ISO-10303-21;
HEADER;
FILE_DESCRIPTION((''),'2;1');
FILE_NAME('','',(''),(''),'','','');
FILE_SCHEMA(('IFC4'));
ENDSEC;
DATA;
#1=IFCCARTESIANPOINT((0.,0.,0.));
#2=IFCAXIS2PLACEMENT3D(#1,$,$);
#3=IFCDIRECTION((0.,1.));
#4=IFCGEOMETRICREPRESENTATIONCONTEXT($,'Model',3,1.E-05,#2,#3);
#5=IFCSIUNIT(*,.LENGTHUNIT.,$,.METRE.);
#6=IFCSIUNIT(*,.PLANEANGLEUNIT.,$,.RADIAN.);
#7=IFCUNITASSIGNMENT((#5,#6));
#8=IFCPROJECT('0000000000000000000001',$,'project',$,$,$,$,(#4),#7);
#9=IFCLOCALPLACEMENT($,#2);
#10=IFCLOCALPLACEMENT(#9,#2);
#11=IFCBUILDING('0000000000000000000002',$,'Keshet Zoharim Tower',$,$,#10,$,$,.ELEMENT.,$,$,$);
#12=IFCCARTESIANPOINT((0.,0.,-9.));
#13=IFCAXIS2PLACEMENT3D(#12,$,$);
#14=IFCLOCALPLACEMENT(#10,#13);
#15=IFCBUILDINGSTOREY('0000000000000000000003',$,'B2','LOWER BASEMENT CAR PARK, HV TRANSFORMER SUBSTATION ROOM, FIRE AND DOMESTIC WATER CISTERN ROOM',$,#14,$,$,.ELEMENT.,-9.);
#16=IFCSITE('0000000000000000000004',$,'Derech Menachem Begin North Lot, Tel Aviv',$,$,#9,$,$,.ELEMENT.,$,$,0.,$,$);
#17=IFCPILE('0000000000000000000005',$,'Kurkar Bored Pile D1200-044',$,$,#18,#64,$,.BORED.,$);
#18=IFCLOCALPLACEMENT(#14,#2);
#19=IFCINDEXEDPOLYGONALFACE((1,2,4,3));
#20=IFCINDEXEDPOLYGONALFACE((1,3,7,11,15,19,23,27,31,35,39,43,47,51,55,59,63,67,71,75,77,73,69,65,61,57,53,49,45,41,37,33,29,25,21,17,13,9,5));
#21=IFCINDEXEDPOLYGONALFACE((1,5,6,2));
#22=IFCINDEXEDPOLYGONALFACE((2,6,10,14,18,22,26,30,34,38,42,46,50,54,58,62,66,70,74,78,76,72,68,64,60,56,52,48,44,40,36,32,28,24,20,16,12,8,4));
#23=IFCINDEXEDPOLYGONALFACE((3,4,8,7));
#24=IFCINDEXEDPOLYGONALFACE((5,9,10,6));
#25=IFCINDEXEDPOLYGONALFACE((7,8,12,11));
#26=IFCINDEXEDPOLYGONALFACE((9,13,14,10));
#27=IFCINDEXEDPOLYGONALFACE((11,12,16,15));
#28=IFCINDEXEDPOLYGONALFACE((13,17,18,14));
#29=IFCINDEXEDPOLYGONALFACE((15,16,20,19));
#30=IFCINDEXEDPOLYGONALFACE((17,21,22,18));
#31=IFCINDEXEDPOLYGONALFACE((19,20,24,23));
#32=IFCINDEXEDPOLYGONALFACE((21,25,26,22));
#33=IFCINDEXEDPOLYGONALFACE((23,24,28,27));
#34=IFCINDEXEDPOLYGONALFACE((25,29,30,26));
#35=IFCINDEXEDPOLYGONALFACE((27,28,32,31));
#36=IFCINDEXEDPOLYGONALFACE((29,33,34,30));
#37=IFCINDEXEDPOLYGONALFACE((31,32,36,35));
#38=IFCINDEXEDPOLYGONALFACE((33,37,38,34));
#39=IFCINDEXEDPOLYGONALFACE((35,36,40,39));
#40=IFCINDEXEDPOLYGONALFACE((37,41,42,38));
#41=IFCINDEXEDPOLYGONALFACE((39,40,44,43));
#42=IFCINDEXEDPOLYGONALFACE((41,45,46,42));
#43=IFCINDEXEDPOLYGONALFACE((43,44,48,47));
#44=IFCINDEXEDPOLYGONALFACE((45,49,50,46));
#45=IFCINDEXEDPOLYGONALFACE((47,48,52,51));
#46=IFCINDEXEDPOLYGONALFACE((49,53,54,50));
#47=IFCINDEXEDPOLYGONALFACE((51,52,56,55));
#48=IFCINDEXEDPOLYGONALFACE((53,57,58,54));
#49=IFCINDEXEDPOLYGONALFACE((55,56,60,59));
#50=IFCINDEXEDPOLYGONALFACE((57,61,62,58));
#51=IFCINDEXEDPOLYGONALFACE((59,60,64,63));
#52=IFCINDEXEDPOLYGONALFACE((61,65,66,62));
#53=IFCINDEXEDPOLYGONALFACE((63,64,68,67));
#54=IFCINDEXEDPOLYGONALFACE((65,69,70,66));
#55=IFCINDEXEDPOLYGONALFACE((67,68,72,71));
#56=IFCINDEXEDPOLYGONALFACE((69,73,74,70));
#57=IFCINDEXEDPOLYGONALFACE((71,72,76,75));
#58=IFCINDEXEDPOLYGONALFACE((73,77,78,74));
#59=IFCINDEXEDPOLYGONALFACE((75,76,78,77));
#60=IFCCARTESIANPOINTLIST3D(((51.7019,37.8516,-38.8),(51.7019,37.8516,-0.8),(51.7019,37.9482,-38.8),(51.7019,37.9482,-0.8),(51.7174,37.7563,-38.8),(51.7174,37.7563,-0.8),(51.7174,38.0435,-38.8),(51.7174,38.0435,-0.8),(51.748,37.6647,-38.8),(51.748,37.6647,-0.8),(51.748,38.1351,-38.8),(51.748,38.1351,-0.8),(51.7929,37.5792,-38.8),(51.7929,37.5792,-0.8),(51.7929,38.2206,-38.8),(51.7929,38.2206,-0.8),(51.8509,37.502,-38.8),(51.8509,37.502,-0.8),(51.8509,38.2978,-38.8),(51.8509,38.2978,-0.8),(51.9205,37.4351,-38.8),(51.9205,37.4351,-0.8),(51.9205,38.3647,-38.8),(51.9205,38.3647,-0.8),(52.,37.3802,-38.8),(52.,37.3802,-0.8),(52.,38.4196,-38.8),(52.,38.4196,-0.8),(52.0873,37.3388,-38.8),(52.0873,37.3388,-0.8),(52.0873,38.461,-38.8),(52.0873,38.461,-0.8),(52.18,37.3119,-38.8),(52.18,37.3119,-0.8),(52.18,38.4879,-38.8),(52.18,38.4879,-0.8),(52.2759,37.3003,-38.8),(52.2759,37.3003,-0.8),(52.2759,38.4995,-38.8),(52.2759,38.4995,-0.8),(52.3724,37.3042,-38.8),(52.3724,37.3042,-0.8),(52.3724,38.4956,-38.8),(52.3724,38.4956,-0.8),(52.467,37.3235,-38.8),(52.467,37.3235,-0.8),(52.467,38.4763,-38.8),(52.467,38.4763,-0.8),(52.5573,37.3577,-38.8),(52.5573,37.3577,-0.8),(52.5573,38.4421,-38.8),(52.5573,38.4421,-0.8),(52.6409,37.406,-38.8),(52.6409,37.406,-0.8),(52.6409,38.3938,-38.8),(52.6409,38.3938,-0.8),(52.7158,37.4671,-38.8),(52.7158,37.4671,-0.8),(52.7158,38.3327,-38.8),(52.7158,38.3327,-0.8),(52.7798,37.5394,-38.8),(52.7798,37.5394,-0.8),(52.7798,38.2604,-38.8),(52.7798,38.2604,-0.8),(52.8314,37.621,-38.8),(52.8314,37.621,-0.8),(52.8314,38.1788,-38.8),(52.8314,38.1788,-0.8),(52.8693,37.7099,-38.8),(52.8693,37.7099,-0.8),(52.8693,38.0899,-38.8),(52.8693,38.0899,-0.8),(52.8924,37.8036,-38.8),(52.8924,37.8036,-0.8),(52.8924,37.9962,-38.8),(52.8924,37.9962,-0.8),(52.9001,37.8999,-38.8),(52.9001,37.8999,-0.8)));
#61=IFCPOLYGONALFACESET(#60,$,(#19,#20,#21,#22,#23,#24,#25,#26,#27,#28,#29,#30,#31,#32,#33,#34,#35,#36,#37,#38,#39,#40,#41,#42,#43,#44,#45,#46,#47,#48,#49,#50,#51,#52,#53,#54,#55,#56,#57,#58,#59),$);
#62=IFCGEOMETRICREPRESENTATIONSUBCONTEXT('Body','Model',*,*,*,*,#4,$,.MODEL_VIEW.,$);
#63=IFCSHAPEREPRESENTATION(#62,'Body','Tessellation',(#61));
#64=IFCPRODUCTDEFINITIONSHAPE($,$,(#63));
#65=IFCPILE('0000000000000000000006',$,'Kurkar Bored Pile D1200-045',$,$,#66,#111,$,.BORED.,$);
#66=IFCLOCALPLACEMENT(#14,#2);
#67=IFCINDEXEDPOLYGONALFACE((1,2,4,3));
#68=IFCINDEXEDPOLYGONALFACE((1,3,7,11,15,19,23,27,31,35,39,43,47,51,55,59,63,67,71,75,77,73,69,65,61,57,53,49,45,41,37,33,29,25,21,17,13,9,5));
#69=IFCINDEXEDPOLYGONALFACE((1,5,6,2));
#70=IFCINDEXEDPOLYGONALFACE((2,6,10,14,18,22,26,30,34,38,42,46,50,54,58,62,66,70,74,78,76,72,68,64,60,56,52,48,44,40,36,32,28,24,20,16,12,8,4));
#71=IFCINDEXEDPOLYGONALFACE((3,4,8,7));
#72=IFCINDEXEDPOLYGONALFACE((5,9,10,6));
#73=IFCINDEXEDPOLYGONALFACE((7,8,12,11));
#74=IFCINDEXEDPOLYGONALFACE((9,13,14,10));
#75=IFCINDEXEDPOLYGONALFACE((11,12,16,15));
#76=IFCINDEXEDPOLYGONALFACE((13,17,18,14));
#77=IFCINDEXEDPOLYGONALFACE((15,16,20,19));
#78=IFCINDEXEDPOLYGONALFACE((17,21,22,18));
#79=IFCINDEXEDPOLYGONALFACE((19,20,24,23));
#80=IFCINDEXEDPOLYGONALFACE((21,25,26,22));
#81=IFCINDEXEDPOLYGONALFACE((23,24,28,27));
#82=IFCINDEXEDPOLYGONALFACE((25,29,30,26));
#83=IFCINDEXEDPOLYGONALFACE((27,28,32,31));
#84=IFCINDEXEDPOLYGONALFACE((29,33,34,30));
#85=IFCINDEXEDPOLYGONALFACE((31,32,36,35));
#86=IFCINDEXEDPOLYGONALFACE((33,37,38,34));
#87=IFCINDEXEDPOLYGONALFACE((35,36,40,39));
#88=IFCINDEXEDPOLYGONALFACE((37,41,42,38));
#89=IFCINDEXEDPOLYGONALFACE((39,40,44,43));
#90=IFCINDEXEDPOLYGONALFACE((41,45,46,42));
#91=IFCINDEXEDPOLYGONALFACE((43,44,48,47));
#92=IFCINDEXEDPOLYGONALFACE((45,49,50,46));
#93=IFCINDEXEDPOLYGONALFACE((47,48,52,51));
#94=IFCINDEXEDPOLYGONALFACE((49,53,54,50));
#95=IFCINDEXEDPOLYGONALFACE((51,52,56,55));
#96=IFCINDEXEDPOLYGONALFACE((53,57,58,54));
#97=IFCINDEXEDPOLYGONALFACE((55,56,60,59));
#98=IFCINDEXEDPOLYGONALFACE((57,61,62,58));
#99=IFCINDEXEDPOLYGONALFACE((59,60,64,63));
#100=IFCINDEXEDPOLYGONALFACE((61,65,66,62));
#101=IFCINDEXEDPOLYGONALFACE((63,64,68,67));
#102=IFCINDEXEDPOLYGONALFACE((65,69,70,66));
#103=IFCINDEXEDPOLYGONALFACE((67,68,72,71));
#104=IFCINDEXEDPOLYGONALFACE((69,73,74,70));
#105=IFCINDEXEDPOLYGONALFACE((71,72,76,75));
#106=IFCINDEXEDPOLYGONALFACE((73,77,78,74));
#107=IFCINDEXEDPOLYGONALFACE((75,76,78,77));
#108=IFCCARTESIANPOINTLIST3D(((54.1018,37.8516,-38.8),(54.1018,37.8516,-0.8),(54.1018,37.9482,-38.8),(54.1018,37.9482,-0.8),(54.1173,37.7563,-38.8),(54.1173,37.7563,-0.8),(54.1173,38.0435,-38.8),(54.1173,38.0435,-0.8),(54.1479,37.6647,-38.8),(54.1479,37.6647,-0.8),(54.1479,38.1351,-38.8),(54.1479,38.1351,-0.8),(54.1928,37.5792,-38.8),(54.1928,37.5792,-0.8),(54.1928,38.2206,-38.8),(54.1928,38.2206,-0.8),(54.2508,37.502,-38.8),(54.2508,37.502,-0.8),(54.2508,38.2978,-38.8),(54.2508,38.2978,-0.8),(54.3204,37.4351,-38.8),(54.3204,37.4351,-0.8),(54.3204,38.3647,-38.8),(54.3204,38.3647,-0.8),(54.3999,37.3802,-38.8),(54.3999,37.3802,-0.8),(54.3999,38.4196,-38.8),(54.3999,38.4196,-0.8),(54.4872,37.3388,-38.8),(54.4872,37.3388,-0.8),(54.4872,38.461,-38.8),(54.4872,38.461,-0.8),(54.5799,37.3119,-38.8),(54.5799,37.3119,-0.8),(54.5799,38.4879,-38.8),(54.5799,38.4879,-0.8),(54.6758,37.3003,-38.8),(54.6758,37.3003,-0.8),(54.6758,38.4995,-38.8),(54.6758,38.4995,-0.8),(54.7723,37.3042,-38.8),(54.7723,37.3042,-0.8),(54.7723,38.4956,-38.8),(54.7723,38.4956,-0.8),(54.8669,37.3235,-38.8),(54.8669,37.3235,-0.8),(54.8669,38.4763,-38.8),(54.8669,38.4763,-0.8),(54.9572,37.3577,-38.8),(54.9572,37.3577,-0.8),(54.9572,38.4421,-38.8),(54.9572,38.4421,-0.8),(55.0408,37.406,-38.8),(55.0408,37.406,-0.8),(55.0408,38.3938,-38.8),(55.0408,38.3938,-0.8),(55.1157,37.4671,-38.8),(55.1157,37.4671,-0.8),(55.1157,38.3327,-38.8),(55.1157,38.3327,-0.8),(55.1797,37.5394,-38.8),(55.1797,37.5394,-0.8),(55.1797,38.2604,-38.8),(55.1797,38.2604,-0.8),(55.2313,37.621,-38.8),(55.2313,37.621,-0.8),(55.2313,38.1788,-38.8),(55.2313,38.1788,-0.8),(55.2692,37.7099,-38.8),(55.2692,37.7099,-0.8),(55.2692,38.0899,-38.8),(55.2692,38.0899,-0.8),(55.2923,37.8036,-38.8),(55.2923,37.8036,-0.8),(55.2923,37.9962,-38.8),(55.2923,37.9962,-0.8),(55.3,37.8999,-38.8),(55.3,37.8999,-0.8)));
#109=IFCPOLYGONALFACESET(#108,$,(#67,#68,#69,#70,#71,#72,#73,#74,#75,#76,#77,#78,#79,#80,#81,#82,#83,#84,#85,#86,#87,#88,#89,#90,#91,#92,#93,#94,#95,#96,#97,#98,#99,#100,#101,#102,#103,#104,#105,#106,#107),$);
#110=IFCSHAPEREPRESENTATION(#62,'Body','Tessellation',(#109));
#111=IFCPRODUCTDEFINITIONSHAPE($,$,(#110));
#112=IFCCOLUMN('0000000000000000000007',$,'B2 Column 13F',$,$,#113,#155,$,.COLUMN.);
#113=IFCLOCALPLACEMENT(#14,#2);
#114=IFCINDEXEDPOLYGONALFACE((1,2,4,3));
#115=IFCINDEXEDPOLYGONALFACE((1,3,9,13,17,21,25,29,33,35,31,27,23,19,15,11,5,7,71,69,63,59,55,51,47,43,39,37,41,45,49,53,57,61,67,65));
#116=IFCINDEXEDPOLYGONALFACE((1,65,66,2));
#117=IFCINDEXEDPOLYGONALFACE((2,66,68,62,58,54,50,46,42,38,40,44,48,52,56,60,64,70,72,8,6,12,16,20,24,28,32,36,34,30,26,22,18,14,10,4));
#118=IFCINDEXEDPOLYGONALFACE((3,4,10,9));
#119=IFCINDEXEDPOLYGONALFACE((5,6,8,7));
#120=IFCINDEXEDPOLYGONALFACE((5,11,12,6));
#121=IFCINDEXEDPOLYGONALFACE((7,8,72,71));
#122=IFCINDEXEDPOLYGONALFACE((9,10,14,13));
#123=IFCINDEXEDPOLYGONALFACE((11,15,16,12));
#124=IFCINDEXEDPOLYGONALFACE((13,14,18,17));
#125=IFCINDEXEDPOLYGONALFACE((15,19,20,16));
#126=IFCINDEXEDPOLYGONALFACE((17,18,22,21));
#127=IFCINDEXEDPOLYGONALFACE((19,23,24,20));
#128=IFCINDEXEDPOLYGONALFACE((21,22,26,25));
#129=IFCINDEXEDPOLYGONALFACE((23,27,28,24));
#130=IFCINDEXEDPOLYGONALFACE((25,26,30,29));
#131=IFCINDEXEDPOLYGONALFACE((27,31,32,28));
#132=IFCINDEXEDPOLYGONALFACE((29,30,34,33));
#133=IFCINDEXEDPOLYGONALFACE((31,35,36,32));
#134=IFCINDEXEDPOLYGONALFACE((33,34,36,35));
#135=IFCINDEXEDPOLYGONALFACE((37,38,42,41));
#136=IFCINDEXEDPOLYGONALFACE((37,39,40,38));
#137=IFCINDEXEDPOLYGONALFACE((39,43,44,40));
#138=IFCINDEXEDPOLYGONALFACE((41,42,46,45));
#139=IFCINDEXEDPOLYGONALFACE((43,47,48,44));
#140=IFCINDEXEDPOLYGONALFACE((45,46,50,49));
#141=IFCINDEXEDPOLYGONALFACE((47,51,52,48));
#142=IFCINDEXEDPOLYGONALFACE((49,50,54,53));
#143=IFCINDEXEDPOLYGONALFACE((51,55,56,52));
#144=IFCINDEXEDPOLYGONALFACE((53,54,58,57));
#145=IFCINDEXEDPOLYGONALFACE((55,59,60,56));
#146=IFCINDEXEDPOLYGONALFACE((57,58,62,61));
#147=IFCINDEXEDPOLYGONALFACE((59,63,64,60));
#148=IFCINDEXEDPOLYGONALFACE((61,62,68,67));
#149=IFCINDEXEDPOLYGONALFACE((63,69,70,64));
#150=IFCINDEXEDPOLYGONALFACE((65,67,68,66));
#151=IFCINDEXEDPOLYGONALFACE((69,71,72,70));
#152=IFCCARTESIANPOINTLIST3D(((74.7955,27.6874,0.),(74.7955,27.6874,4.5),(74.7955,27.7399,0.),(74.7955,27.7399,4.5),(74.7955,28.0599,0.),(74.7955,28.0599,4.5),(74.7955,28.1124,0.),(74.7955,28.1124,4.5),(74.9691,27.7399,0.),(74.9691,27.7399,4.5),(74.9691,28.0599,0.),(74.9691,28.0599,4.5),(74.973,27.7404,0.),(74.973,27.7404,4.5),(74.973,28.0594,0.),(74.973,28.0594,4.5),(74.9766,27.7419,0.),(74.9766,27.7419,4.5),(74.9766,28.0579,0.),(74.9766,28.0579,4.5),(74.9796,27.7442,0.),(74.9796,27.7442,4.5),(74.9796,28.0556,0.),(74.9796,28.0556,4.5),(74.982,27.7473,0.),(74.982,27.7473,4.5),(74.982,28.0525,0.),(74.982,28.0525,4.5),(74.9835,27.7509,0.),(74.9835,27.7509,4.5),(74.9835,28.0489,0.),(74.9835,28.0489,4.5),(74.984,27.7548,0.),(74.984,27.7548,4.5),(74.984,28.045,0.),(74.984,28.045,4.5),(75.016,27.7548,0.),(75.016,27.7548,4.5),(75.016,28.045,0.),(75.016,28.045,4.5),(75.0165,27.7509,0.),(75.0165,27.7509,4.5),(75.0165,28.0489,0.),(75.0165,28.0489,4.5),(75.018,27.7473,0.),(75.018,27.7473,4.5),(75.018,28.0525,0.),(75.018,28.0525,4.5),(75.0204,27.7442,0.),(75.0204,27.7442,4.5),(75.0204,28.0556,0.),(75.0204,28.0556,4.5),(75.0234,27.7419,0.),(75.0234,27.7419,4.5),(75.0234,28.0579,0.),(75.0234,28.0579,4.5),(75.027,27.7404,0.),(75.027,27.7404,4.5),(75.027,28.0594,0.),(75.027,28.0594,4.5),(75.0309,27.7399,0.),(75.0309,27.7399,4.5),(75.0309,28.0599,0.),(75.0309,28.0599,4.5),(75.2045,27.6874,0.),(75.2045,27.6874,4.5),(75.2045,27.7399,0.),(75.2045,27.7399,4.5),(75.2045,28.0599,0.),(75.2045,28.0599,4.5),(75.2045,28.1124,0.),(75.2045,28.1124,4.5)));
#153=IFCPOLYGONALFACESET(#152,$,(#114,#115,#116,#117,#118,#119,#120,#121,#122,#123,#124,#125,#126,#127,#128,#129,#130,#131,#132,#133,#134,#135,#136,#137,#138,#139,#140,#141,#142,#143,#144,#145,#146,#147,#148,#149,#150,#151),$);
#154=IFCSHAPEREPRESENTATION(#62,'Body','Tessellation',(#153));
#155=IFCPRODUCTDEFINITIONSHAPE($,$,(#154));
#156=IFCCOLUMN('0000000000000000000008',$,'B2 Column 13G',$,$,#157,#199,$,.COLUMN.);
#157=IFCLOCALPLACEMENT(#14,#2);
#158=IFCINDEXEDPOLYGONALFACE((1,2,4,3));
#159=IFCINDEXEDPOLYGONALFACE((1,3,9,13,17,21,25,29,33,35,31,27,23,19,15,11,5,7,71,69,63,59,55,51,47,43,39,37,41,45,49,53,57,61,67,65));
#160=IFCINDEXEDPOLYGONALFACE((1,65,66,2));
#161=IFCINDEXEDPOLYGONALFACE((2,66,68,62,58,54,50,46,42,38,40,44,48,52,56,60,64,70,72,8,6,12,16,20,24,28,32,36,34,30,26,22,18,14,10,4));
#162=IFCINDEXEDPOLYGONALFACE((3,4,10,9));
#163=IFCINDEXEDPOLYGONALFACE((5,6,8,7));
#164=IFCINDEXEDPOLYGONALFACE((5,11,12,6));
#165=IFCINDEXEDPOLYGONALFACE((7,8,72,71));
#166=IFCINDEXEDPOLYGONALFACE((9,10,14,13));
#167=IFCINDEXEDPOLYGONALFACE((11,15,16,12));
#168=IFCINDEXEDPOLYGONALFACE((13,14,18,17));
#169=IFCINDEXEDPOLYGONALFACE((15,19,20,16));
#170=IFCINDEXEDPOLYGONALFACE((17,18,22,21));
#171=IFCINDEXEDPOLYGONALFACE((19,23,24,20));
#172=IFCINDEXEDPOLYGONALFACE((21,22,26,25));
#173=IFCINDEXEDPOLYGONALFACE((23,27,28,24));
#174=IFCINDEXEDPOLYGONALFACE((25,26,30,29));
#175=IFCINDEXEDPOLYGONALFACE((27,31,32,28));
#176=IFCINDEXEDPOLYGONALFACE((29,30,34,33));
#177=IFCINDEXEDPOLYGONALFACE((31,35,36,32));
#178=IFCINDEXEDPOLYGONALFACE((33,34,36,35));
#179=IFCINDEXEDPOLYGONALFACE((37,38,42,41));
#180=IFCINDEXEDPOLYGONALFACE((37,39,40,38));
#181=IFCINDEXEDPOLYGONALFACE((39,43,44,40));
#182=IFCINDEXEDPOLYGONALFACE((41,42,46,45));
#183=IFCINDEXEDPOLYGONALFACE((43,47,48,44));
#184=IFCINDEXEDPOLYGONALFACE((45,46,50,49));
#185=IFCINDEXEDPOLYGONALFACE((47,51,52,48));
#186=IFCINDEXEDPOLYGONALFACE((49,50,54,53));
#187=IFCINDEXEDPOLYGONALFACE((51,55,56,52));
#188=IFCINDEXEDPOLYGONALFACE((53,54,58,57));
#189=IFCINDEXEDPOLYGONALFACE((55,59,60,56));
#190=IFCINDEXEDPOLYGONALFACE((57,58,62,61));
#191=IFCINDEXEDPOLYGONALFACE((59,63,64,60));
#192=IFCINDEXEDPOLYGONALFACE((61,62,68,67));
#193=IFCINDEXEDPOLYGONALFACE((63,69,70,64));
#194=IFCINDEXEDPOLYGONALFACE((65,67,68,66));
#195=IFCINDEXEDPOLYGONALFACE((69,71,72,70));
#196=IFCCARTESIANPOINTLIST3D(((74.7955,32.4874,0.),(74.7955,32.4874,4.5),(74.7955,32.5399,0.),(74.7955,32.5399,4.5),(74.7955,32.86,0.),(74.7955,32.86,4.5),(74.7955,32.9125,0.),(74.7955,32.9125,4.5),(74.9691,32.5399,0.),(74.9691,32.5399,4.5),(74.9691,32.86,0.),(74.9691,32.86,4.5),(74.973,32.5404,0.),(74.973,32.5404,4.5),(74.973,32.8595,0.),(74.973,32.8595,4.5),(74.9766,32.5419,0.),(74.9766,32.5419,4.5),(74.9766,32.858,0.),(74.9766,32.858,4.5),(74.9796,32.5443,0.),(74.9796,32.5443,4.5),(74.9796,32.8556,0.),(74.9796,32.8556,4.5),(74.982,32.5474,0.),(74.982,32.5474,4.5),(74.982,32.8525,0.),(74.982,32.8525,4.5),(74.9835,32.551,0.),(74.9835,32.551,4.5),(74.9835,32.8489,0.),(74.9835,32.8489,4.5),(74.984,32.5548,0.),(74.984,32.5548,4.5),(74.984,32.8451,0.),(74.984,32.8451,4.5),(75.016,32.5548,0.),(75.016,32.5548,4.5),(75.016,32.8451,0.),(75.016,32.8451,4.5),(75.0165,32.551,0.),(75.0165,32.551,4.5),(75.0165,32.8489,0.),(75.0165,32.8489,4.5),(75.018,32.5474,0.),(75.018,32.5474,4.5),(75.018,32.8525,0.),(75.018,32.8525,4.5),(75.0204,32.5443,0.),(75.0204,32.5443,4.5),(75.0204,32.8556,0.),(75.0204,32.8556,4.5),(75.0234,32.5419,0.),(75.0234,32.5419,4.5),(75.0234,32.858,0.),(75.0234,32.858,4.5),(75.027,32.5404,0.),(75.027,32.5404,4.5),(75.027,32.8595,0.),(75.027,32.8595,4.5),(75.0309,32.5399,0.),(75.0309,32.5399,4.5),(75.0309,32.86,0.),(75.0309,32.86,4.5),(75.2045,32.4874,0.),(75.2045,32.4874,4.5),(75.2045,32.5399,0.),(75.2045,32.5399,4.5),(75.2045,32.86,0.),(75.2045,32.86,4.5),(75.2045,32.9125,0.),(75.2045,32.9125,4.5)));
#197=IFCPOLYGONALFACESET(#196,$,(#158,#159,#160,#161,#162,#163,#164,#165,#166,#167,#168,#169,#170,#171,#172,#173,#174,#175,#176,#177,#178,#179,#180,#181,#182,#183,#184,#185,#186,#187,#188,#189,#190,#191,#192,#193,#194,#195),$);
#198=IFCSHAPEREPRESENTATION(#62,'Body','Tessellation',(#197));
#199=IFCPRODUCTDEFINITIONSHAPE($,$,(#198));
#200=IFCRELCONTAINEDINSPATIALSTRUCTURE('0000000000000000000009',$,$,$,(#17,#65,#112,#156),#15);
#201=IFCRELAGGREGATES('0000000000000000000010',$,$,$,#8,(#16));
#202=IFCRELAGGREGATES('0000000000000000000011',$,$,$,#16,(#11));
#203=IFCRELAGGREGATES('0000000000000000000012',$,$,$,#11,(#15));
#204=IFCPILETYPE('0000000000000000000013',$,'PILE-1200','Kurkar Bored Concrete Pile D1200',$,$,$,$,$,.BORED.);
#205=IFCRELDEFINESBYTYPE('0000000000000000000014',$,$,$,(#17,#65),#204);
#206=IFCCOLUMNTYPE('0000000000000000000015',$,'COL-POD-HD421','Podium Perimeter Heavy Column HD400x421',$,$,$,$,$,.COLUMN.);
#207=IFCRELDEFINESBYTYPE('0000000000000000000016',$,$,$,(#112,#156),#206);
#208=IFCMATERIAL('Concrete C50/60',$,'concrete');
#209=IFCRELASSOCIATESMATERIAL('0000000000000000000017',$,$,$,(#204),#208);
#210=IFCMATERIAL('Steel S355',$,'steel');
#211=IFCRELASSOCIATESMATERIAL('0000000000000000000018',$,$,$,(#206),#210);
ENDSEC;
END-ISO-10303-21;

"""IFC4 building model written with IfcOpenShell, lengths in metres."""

from ifc_helpers import new_model, si_unit, direction, frame, origin, origin_2d, place, context, subcontext, project, spatial, circle, i_section, extrude, material, material_profile, profile_set, type_object, element, save


model = new_model("IFC4")

# Units and contexts
model_context = context("Model", 3, precision=1e-05, world=origin(), true_north=direction((0.0, 1.0)))
body_context = subcontext(model_context, "Body", "Model", "MODEL_VIEW")
ifc_project = project(units=[si_unit("LENGTHUNIT", "METRE"), si_unit("PLANEANGLEUNIT", "RADIAN")], contexts=[model_context])

# Site, building, storey
site_placement = place(None, origin())
site = spatial("IfcSite", under=ifc_project, at=site_placement, Name="Derech Menachem Begin North Lot, Tel Aviv", CompositionType="ELEMENT", RefElevation=0.0)
building_placement = place(site_placement, origin())
building = spatial("IfcBuilding", under=site, at=building_placement, Name="Keshet Zoharim Tower", CompositionType="ELEMENT")
storey_placement = place(building_placement, frame((0.0, 0.0, -9.0)))
storey = spatial("IfcBuildingStorey", under=building, at=storey_placement, Name="B2", Description="LOWER BASEMENT CAR PARK, HV TRANSFORMER SUBSTATION ROOM, FIRE AND DOMESTIC WATER CISTERN ROOM", CompositionType="ELEMENT", Elevation=-9.0)

# Piles
ifc_material_1 = material(Name="Concrete C50/60", Category="concrete")
ifc_material_profile_1 = material_profile(ifc_material_1, circle(Radius=0.6001, at=origin_2d()), Name="PILE-D1200")
ifc_profile_set_1 = profile_set([ifc_material_profile_1], Name="Concrete C50/60")
pile_type = type_object("IfcPileType", Name="PILE-1200", Description="Kurkar Bored Concrete Pile D1200", PredefinedType="BORED", material=ifc_profile_set_1)
for number, where, z_axis, x_axis, name in (
    (1, (52.3, 37.8999, -0.8), (0.0, 0.0, -1.0), (1.0, 0.0, 0.0), "Kurkar Bored Pile D1200-044"),
    (2, (54.7, 37.8999, -0.8), (0.0, 0.0, -1.0), (1.0, 0.0, 0.0), "Kurkar Bored Pile D1200-045"),
):
    element("IfcPile", number, at=place(storey_placement, frame(where, z_axis=z_axis, x_axis=x_axis)), inside=storey, type_object=pile_type, Name=name, PredefinedType="BORED", context=body_context, shape_type="SweptSolid", body=[
        extrude(circle(Radius=0.6001, at=origin_2d()), origin(), (0.0, 0.0, 1.0), 38.0),
    ])

# Columns
ifc_material_2 = material(Name="Steel S355", Category="steel")
ifc_material_profile_2 = material_profile(ifc_material_2, i_section(OverallWidth=0.4089, OverallDepth=0.425, WebThickness=0.032, FlangeThickness=0.0525, FilletRadius=0.0149, at=origin_2d()), Name="HD400x421")
ifc_profile_set_2 = profile_set([ifc_material_profile_2], Name="Steel S355")
column_type_1 = type_object("IfcColumnType", Name="COL-POD-HD421", Description="Podium Perimeter Heavy Column HD400x421", PredefinedType="COLUMN", material=ifc_profile_set_2)
for number, where, z_axis, x_axis, name in (
    (3, (75.0, 27.8999, 0.0), (0.0, 0.0, 1.0), (1.0, 0.0, 0.0), "B2 Column 13F"),
    (4, (75.0, 32.7, 0.0), (0.0, 0.0, 1.0), (1.0, 0.0, 0.0), "B2 Column 13G"),
):
    element("IfcColumn", number, at=place(storey_placement, frame(where, z_axis=z_axis, x_axis=x_axis)), inside=storey, type_object=column_type_1, Name=name, PredefinedType="COLUMN", context=body_context, shape_type="SweptSolid", body=[
        extrude(i_section(OverallWidth=0.4089, OverallDepth=0.425, WebThickness=0.032, FlangeThickness=0.0525, FilletRadius=0.0149, at=origin_2d()), origin(), (0.0, 0.0, 1.0), 4.5),
    ])

save(model, "model.ifc")
